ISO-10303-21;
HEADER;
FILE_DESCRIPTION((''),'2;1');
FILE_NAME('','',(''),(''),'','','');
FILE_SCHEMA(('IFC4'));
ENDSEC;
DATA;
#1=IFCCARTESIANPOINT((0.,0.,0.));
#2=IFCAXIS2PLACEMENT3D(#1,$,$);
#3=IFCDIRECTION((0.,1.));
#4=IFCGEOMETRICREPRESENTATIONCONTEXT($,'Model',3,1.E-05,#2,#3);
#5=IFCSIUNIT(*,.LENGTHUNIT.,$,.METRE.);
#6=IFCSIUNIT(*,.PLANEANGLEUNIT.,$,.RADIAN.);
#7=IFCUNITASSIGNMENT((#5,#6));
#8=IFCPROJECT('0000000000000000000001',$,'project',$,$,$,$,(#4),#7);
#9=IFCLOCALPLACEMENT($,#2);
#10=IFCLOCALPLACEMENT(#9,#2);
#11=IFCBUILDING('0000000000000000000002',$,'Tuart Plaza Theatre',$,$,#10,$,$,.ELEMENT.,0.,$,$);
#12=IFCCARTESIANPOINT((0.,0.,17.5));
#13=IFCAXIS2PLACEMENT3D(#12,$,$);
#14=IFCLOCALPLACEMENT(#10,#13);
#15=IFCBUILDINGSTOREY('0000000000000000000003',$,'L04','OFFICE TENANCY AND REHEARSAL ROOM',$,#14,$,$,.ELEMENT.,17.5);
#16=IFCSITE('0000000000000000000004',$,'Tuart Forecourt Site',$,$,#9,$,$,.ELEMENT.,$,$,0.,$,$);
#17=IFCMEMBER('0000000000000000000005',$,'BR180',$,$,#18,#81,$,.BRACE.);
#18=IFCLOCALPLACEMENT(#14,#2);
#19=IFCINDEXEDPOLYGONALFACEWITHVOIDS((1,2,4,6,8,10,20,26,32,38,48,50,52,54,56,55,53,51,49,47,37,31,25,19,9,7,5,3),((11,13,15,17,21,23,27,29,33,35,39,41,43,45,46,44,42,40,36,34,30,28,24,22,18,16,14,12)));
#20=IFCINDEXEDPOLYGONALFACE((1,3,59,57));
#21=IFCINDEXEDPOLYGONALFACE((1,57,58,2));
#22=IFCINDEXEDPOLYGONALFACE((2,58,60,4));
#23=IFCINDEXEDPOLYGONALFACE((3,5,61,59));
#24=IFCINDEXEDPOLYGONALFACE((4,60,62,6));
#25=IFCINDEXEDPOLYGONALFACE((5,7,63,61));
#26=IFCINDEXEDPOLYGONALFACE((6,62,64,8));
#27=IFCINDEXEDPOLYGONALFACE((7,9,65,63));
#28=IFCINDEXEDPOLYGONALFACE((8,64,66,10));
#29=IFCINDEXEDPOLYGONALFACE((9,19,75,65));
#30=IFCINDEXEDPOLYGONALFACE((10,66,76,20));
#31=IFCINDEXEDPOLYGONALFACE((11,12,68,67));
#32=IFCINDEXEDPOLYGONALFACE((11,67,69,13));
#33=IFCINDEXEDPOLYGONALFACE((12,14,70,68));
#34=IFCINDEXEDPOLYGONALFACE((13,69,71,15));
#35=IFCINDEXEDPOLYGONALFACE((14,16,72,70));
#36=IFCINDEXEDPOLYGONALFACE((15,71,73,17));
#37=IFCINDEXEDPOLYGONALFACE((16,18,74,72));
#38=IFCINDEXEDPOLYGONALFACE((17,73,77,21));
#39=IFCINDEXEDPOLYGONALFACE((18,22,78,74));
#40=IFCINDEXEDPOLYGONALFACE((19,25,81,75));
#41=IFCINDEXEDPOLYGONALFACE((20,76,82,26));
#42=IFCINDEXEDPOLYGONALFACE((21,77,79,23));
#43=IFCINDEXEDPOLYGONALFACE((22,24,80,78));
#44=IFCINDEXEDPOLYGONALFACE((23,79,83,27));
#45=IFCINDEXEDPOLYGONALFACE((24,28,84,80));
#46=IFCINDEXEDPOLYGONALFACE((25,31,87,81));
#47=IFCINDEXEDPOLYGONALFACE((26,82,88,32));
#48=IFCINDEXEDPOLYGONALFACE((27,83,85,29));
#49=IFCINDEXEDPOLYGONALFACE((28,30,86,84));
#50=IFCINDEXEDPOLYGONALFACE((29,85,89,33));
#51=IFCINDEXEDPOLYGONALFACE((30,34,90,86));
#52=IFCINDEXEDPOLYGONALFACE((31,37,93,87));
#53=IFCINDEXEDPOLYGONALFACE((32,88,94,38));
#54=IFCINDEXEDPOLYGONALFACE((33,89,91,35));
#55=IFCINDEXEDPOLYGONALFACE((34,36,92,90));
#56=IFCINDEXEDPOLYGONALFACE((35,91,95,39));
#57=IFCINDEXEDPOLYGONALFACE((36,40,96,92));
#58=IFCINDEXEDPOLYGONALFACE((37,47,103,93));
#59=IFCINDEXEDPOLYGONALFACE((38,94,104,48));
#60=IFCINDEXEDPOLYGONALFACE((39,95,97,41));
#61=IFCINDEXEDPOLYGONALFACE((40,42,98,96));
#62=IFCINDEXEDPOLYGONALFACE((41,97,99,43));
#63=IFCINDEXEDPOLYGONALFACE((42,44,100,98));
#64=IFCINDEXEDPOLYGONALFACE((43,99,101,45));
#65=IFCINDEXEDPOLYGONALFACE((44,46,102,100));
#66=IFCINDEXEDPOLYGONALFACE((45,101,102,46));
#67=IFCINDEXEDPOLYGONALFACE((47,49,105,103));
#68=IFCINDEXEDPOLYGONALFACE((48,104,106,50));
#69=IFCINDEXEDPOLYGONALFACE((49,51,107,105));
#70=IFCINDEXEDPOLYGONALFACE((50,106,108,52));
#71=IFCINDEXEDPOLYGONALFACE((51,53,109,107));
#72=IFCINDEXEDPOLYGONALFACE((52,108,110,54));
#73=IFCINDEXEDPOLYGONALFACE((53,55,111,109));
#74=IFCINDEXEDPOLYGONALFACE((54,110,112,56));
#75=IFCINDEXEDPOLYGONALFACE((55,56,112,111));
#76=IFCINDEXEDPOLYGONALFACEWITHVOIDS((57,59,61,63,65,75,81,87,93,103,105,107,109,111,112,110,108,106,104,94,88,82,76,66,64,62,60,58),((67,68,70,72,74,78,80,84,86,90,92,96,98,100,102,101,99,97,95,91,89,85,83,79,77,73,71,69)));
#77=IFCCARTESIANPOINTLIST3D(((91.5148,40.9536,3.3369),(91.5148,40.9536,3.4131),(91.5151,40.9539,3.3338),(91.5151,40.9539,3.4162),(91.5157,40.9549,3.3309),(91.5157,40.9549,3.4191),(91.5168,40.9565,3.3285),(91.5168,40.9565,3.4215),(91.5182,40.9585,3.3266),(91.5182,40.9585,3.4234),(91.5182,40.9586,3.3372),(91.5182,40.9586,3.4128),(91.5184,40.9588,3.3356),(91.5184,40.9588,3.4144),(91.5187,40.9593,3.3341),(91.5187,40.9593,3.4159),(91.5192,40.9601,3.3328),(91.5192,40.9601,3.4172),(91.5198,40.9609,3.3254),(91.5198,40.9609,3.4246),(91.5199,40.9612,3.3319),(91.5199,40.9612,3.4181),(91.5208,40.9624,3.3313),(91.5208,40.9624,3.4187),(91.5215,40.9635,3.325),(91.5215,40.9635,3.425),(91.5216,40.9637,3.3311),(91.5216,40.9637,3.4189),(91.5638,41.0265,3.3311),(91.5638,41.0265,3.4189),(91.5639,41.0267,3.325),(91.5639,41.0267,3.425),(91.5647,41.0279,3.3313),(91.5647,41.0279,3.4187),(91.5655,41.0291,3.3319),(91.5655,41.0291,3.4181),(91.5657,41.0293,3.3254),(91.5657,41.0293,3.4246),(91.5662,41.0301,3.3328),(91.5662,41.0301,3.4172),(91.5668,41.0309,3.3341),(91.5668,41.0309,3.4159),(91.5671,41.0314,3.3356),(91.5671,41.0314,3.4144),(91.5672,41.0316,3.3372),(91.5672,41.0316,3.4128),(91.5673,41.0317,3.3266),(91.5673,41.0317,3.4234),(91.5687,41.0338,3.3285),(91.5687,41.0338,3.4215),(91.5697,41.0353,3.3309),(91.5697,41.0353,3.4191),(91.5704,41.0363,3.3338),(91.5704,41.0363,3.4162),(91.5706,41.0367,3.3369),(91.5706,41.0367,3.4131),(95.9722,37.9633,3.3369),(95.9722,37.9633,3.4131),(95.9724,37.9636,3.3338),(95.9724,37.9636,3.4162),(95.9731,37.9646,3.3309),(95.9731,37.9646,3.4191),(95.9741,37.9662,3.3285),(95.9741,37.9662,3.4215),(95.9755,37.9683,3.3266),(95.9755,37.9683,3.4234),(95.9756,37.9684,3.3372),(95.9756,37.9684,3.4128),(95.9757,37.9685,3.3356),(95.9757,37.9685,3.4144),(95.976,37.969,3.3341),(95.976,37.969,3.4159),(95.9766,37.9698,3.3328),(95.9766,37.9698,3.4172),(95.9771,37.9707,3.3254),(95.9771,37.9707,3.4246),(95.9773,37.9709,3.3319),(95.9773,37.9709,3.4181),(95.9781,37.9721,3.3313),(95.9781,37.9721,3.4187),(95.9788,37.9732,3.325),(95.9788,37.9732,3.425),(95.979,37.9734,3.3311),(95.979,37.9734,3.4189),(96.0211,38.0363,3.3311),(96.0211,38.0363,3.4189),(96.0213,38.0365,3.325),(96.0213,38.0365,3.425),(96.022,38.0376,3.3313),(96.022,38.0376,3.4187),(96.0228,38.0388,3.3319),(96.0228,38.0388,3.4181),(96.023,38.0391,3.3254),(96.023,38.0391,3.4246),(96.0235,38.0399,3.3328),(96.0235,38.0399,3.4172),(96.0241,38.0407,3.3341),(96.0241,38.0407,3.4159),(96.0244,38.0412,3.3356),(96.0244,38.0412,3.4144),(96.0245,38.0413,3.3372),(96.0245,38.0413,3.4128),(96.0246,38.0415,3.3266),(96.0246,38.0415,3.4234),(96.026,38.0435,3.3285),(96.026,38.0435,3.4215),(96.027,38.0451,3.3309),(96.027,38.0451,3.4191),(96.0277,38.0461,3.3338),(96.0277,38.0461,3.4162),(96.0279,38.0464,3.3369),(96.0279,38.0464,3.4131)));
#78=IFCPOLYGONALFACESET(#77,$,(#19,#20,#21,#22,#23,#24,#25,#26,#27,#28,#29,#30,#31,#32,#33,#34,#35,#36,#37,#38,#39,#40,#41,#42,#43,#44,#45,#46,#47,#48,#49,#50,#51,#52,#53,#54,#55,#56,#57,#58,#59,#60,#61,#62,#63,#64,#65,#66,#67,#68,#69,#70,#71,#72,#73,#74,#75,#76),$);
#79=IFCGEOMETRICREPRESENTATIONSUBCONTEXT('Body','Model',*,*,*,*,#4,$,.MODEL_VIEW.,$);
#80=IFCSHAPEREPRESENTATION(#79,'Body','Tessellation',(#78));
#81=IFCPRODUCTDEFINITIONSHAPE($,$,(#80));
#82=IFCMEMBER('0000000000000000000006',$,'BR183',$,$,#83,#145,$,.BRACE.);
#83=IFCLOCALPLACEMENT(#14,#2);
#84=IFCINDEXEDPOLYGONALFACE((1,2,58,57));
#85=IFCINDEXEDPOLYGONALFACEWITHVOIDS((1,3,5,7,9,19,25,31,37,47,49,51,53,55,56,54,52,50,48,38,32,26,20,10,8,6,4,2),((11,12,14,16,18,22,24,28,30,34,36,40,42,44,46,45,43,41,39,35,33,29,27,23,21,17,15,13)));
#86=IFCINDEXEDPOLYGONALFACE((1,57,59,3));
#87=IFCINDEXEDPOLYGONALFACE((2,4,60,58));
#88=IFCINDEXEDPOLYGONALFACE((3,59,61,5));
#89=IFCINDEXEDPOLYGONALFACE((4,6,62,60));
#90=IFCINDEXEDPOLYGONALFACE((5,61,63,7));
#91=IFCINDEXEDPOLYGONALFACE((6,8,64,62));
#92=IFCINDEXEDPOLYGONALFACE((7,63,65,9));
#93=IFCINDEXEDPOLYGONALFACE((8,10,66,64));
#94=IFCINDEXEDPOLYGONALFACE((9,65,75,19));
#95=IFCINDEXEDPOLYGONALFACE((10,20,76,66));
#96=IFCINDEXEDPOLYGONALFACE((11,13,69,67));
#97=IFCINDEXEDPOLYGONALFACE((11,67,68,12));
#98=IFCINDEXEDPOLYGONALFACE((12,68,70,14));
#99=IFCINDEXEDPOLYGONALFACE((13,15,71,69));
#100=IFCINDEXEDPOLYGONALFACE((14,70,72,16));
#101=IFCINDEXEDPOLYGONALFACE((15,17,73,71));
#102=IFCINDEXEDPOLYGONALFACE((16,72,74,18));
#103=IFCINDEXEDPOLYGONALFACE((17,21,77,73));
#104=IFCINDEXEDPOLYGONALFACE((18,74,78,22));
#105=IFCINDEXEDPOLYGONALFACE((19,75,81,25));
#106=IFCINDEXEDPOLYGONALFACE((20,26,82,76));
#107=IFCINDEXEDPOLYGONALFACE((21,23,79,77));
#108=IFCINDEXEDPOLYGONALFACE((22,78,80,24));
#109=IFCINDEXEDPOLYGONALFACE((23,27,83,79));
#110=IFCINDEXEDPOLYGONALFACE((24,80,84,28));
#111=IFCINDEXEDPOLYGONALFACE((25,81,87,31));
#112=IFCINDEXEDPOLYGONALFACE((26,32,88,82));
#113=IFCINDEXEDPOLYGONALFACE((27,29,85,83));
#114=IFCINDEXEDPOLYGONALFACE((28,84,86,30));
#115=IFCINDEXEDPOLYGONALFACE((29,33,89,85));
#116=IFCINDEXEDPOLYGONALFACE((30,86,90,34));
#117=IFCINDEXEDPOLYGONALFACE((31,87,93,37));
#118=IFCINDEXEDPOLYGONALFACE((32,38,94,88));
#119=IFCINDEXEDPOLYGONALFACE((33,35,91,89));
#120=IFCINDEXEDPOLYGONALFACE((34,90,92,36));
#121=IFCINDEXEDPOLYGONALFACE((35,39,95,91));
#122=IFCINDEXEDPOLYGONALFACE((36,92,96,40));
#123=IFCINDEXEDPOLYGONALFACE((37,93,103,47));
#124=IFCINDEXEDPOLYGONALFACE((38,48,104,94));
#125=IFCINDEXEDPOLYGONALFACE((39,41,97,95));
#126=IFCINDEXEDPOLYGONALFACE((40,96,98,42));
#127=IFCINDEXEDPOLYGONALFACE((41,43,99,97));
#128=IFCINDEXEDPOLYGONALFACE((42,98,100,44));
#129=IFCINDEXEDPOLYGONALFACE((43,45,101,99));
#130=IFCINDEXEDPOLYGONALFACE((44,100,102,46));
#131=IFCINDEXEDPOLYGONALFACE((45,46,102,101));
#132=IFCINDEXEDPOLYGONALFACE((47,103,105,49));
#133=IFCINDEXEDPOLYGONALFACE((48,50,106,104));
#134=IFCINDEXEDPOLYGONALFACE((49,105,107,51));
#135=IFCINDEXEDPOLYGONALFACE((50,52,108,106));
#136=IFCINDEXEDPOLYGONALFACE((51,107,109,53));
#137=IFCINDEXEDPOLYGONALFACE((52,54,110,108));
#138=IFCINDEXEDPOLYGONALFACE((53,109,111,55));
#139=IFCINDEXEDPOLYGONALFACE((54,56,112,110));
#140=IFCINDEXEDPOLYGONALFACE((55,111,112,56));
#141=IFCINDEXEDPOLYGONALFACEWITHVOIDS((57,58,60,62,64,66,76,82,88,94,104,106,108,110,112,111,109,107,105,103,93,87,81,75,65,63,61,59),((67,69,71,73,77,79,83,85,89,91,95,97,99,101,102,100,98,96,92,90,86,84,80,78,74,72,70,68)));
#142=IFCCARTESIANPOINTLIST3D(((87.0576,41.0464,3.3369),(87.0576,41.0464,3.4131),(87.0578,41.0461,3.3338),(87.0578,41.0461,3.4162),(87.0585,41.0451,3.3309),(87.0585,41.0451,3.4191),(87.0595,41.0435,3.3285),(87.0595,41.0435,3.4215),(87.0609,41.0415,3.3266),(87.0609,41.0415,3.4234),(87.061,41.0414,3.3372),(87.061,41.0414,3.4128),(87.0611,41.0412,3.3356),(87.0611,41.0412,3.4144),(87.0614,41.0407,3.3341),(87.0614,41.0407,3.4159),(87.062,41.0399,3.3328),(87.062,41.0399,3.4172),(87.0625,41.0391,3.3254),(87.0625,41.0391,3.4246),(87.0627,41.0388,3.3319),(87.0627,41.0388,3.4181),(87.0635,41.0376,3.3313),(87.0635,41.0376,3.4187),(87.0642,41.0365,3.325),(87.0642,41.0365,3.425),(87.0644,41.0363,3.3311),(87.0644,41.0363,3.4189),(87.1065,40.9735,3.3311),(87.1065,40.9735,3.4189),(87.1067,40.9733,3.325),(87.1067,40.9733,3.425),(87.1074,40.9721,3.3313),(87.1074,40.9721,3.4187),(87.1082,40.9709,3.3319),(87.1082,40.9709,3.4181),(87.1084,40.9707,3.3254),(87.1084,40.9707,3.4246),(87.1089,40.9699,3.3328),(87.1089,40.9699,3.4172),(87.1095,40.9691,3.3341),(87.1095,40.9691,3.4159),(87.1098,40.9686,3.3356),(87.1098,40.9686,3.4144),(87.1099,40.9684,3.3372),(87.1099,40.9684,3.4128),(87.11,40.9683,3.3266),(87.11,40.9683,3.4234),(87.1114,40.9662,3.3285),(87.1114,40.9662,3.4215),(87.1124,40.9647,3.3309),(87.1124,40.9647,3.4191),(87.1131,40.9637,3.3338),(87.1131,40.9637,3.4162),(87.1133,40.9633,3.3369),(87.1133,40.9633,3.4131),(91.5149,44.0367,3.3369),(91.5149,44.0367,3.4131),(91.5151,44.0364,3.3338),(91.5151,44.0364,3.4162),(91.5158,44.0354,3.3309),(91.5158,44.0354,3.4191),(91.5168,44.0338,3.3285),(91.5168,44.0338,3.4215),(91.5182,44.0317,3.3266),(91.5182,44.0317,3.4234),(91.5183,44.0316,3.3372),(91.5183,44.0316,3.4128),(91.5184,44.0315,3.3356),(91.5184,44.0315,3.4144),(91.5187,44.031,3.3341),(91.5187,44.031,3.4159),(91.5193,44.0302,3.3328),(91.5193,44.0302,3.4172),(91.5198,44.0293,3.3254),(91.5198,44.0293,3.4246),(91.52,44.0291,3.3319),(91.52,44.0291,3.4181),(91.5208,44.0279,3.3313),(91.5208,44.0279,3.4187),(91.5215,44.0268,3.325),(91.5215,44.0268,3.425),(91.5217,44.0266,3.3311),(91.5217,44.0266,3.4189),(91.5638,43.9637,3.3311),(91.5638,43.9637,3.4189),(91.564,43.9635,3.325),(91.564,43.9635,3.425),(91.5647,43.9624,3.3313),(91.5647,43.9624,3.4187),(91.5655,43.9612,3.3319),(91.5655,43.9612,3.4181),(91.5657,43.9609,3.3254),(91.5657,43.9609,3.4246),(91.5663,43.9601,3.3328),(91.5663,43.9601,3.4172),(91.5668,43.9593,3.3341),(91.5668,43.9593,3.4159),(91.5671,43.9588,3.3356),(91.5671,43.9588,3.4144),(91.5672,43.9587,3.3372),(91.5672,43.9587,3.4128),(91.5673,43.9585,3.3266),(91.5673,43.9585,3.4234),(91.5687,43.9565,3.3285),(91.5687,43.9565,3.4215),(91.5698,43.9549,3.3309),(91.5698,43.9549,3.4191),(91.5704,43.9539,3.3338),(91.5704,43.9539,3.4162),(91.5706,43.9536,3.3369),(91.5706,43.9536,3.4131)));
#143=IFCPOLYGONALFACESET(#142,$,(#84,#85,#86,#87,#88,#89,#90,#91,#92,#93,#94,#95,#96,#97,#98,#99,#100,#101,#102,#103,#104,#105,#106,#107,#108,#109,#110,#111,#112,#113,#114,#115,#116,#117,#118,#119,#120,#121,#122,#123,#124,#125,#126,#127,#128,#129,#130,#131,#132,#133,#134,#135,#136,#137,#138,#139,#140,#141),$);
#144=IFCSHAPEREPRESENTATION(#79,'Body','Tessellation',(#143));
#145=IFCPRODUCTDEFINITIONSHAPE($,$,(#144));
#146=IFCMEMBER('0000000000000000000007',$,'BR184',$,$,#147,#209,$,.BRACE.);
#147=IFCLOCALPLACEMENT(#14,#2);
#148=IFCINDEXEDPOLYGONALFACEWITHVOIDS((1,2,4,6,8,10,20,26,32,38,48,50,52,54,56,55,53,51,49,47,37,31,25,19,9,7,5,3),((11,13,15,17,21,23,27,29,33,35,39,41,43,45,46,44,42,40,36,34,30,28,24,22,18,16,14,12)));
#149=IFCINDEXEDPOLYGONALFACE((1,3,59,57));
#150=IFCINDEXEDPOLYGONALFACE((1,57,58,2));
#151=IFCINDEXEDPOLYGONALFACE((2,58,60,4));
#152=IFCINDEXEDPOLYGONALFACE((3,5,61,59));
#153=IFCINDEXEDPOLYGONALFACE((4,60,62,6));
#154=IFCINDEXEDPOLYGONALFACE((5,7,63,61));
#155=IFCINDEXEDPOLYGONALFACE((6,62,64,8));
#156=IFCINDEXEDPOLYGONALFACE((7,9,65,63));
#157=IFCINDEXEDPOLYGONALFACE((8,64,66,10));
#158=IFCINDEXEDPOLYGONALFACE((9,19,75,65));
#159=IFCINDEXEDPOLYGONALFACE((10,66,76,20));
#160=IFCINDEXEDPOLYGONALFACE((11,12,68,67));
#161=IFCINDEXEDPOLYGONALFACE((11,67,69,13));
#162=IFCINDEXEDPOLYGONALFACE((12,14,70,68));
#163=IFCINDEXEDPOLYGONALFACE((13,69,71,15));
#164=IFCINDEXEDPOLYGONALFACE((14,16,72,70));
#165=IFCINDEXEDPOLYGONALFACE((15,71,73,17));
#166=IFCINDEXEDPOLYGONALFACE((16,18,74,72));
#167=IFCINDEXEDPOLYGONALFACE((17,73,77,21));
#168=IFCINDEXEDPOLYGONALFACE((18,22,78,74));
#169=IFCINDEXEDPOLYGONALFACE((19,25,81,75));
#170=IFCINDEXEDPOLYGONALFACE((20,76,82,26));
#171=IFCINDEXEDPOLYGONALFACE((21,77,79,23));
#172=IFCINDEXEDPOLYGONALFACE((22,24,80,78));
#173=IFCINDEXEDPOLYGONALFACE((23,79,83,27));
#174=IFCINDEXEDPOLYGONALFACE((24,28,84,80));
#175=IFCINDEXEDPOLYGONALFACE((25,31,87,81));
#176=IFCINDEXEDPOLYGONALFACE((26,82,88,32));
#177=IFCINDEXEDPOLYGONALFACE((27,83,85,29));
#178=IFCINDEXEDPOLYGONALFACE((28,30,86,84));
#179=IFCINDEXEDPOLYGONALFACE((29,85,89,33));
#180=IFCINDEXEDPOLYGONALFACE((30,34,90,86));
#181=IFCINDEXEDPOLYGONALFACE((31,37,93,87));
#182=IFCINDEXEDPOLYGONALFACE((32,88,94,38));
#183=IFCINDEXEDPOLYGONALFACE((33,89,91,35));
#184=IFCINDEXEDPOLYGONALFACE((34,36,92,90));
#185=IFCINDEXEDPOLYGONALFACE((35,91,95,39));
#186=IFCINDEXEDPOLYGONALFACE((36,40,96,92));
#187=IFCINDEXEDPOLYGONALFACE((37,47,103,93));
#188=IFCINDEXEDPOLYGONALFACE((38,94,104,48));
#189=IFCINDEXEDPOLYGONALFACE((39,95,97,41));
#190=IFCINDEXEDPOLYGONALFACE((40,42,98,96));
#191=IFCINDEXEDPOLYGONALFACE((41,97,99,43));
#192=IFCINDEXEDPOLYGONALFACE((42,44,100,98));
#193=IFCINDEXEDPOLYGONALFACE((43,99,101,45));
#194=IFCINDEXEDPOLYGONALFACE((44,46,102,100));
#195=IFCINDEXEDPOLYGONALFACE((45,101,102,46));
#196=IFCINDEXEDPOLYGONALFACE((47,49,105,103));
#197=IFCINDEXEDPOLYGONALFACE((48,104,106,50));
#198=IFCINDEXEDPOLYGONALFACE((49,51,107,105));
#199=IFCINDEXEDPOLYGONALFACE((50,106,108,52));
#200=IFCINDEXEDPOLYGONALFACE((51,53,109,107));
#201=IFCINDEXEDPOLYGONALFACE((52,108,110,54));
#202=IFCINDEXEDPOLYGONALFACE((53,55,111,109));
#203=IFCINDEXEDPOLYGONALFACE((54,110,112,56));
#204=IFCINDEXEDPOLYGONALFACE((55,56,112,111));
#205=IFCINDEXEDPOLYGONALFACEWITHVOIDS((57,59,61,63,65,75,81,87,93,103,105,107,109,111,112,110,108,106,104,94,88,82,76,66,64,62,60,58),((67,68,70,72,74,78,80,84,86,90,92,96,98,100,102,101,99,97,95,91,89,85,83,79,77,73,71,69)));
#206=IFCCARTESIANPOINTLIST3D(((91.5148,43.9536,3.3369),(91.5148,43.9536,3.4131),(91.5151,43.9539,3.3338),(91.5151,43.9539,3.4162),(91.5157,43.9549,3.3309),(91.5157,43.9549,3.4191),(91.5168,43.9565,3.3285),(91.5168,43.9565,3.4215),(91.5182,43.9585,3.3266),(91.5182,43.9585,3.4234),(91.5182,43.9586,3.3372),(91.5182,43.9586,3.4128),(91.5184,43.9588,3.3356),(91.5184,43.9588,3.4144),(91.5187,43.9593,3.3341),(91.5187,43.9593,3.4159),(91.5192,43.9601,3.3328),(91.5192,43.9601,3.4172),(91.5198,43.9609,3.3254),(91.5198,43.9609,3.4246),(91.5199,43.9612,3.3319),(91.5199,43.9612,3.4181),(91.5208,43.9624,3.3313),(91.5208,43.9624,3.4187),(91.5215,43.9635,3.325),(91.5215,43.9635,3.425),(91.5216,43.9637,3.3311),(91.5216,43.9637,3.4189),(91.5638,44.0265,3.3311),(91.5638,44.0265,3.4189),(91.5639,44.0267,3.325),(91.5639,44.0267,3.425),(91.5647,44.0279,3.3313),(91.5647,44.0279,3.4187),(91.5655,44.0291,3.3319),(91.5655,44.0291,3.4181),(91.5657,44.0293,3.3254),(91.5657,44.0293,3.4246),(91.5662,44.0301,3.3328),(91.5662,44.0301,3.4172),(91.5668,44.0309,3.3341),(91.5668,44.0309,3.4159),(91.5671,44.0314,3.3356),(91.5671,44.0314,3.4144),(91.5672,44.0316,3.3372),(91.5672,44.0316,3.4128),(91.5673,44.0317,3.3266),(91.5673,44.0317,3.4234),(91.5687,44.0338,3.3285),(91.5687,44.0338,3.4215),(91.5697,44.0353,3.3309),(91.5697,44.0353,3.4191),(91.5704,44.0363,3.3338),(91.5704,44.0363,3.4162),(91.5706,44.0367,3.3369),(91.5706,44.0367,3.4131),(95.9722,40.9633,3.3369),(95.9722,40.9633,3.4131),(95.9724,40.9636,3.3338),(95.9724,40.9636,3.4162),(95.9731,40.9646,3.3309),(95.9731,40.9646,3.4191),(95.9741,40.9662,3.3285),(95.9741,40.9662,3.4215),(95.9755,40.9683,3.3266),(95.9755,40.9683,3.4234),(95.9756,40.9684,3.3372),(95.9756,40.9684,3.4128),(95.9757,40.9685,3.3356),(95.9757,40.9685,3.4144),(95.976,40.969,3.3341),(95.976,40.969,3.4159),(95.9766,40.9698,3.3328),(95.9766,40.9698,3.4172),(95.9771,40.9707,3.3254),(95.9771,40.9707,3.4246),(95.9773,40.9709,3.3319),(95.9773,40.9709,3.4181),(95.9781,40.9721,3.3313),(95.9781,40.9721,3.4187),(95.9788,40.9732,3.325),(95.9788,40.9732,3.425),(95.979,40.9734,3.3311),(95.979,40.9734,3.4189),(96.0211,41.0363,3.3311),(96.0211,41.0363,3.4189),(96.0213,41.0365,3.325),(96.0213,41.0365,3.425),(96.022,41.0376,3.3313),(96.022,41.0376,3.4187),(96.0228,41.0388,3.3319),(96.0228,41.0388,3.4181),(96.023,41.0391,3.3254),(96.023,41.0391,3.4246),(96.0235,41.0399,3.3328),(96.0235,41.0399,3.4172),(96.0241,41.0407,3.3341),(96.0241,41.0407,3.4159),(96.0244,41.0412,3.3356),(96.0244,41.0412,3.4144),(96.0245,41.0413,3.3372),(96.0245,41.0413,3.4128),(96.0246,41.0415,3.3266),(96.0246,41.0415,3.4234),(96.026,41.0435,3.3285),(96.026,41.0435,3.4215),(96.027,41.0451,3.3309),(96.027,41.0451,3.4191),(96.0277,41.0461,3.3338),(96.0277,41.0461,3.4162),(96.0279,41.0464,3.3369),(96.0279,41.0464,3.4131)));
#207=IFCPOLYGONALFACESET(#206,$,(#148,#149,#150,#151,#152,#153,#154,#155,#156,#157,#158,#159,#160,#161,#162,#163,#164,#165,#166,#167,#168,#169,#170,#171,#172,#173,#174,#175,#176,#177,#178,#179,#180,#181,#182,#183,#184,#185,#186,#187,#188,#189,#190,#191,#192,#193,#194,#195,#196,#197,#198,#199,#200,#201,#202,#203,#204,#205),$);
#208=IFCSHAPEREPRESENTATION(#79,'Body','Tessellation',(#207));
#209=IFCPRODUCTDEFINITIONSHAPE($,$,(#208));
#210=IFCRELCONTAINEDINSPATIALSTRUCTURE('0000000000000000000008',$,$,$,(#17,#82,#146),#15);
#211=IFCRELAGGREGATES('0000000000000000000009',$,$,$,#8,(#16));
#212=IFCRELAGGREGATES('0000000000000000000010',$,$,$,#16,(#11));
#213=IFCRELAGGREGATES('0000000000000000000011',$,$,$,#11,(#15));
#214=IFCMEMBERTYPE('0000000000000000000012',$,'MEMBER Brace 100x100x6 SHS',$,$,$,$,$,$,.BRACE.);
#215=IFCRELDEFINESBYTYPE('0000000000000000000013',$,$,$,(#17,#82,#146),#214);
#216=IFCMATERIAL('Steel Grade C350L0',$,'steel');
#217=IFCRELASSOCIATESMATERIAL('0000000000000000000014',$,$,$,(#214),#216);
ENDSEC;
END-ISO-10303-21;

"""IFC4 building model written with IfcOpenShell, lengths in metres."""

from ifc_helpers import new_model, si_unit, direction, frame, origin, origin_2d, place, context, subcontext, project, spatial, hollow_rectangle, extrude, material, material_profile, profile_set, type_object, element, save


model = new_model("IFC4")

# Units and contexts
model_context = context("Model", 3, precision=1e-05, world=origin(), true_north=direction((0.0, 1.0)))
body_context = subcontext(model_context, "Body", "Model", "MODEL_VIEW")
ifc_project = project(units=[si_unit("LENGTHUNIT", "METRE"), si_unit("PLANEANGLEUNIT", "RADIAN")], contexts=[model_context])

# Site, building, storey
site_placement = place(None, origin())
site = spatial("IfcSite", under=ifc_project, at=site_placement, Name="Tuart Forecourt Site", CompositionType="ELEMENT", RefElevation=0.0)
building_placement = place(site_placement, origin())
building = spatial("IfcBuilding", under=site, at=building_placement, Name="Tuart Plaza Theatre", CompositionType="ELEMENT", ElevationOfRefHeight=0.0)
storey_placement = place(building_placement, frame((0.0, 0.0, 17.5)))
storey = spatial("IfcBuildingStorey", under=building, at=storey_placement, Name="L04", Description="OFFICE TENANCY AND REHEARSAL ROOM", CompositionType="ELEMENT", Elevation=17.5)

# Members
ifc_material_1 = material(Name="Steel Grade C350L0", Category="steel")
ifc_material_profile_1 = material_profile(ifc_material_1, hollow_rectangle(XDim=0.1001, YDim=0.1001, WallThickness=0.0061, InnerFilletRadius=0.0061, OuterFilletRadius=0.012, at=origin_2d()), Name="100x100x6 SHS")
ifc_profile_set_1 = profile_set([ifc_material_profile_1], Name="Steel Grade C350L0")
member_type_1 = type_object("IfcMemberType", Name="MEMBER Brace 100x100x6 SHS", PredefinedType="BRACE", material=ifc_profile_set_1)
for number, where, z_axis, x_axis, name in (
    (1, (91.5427, 40.9951, 3.375), (0.830437, -0.557112, 0.0), (0.557112, 0.830437, 0.0), "BR180"),
    (2, (87.0854, 41.0049, 3.375), (0.830437, 0.557112, 0.0), (-0.557112, 0.830437, 0.0), "BR183"),
    (3, (91.5427, 43.9951, 3.375), (0.830437, -0.557112, 0.0), (0.557112, 0.830437, 0.0), "BR184"),
):
    element("IfcMember", number, at=place(storey_placement, frame(where, z_axis=z_axis, x_axis=x_axis)), inside=storey, type_object=member_type_1, Name=name, PredefinedType="BRACE", context=body_context, shape_type="SweptSolid", body=[
        extrude(hollow_rectangle(XDim=0.1001, YDim=0.1001, WallThickness=0.0061, InnerFilletRadius=0.0061, OuterFilletRadius=0.012, at=origin_2d()), origin(), (0.0, 0.0, 1.0), 5.3674),
    ])

save(model, "model.ifc")
